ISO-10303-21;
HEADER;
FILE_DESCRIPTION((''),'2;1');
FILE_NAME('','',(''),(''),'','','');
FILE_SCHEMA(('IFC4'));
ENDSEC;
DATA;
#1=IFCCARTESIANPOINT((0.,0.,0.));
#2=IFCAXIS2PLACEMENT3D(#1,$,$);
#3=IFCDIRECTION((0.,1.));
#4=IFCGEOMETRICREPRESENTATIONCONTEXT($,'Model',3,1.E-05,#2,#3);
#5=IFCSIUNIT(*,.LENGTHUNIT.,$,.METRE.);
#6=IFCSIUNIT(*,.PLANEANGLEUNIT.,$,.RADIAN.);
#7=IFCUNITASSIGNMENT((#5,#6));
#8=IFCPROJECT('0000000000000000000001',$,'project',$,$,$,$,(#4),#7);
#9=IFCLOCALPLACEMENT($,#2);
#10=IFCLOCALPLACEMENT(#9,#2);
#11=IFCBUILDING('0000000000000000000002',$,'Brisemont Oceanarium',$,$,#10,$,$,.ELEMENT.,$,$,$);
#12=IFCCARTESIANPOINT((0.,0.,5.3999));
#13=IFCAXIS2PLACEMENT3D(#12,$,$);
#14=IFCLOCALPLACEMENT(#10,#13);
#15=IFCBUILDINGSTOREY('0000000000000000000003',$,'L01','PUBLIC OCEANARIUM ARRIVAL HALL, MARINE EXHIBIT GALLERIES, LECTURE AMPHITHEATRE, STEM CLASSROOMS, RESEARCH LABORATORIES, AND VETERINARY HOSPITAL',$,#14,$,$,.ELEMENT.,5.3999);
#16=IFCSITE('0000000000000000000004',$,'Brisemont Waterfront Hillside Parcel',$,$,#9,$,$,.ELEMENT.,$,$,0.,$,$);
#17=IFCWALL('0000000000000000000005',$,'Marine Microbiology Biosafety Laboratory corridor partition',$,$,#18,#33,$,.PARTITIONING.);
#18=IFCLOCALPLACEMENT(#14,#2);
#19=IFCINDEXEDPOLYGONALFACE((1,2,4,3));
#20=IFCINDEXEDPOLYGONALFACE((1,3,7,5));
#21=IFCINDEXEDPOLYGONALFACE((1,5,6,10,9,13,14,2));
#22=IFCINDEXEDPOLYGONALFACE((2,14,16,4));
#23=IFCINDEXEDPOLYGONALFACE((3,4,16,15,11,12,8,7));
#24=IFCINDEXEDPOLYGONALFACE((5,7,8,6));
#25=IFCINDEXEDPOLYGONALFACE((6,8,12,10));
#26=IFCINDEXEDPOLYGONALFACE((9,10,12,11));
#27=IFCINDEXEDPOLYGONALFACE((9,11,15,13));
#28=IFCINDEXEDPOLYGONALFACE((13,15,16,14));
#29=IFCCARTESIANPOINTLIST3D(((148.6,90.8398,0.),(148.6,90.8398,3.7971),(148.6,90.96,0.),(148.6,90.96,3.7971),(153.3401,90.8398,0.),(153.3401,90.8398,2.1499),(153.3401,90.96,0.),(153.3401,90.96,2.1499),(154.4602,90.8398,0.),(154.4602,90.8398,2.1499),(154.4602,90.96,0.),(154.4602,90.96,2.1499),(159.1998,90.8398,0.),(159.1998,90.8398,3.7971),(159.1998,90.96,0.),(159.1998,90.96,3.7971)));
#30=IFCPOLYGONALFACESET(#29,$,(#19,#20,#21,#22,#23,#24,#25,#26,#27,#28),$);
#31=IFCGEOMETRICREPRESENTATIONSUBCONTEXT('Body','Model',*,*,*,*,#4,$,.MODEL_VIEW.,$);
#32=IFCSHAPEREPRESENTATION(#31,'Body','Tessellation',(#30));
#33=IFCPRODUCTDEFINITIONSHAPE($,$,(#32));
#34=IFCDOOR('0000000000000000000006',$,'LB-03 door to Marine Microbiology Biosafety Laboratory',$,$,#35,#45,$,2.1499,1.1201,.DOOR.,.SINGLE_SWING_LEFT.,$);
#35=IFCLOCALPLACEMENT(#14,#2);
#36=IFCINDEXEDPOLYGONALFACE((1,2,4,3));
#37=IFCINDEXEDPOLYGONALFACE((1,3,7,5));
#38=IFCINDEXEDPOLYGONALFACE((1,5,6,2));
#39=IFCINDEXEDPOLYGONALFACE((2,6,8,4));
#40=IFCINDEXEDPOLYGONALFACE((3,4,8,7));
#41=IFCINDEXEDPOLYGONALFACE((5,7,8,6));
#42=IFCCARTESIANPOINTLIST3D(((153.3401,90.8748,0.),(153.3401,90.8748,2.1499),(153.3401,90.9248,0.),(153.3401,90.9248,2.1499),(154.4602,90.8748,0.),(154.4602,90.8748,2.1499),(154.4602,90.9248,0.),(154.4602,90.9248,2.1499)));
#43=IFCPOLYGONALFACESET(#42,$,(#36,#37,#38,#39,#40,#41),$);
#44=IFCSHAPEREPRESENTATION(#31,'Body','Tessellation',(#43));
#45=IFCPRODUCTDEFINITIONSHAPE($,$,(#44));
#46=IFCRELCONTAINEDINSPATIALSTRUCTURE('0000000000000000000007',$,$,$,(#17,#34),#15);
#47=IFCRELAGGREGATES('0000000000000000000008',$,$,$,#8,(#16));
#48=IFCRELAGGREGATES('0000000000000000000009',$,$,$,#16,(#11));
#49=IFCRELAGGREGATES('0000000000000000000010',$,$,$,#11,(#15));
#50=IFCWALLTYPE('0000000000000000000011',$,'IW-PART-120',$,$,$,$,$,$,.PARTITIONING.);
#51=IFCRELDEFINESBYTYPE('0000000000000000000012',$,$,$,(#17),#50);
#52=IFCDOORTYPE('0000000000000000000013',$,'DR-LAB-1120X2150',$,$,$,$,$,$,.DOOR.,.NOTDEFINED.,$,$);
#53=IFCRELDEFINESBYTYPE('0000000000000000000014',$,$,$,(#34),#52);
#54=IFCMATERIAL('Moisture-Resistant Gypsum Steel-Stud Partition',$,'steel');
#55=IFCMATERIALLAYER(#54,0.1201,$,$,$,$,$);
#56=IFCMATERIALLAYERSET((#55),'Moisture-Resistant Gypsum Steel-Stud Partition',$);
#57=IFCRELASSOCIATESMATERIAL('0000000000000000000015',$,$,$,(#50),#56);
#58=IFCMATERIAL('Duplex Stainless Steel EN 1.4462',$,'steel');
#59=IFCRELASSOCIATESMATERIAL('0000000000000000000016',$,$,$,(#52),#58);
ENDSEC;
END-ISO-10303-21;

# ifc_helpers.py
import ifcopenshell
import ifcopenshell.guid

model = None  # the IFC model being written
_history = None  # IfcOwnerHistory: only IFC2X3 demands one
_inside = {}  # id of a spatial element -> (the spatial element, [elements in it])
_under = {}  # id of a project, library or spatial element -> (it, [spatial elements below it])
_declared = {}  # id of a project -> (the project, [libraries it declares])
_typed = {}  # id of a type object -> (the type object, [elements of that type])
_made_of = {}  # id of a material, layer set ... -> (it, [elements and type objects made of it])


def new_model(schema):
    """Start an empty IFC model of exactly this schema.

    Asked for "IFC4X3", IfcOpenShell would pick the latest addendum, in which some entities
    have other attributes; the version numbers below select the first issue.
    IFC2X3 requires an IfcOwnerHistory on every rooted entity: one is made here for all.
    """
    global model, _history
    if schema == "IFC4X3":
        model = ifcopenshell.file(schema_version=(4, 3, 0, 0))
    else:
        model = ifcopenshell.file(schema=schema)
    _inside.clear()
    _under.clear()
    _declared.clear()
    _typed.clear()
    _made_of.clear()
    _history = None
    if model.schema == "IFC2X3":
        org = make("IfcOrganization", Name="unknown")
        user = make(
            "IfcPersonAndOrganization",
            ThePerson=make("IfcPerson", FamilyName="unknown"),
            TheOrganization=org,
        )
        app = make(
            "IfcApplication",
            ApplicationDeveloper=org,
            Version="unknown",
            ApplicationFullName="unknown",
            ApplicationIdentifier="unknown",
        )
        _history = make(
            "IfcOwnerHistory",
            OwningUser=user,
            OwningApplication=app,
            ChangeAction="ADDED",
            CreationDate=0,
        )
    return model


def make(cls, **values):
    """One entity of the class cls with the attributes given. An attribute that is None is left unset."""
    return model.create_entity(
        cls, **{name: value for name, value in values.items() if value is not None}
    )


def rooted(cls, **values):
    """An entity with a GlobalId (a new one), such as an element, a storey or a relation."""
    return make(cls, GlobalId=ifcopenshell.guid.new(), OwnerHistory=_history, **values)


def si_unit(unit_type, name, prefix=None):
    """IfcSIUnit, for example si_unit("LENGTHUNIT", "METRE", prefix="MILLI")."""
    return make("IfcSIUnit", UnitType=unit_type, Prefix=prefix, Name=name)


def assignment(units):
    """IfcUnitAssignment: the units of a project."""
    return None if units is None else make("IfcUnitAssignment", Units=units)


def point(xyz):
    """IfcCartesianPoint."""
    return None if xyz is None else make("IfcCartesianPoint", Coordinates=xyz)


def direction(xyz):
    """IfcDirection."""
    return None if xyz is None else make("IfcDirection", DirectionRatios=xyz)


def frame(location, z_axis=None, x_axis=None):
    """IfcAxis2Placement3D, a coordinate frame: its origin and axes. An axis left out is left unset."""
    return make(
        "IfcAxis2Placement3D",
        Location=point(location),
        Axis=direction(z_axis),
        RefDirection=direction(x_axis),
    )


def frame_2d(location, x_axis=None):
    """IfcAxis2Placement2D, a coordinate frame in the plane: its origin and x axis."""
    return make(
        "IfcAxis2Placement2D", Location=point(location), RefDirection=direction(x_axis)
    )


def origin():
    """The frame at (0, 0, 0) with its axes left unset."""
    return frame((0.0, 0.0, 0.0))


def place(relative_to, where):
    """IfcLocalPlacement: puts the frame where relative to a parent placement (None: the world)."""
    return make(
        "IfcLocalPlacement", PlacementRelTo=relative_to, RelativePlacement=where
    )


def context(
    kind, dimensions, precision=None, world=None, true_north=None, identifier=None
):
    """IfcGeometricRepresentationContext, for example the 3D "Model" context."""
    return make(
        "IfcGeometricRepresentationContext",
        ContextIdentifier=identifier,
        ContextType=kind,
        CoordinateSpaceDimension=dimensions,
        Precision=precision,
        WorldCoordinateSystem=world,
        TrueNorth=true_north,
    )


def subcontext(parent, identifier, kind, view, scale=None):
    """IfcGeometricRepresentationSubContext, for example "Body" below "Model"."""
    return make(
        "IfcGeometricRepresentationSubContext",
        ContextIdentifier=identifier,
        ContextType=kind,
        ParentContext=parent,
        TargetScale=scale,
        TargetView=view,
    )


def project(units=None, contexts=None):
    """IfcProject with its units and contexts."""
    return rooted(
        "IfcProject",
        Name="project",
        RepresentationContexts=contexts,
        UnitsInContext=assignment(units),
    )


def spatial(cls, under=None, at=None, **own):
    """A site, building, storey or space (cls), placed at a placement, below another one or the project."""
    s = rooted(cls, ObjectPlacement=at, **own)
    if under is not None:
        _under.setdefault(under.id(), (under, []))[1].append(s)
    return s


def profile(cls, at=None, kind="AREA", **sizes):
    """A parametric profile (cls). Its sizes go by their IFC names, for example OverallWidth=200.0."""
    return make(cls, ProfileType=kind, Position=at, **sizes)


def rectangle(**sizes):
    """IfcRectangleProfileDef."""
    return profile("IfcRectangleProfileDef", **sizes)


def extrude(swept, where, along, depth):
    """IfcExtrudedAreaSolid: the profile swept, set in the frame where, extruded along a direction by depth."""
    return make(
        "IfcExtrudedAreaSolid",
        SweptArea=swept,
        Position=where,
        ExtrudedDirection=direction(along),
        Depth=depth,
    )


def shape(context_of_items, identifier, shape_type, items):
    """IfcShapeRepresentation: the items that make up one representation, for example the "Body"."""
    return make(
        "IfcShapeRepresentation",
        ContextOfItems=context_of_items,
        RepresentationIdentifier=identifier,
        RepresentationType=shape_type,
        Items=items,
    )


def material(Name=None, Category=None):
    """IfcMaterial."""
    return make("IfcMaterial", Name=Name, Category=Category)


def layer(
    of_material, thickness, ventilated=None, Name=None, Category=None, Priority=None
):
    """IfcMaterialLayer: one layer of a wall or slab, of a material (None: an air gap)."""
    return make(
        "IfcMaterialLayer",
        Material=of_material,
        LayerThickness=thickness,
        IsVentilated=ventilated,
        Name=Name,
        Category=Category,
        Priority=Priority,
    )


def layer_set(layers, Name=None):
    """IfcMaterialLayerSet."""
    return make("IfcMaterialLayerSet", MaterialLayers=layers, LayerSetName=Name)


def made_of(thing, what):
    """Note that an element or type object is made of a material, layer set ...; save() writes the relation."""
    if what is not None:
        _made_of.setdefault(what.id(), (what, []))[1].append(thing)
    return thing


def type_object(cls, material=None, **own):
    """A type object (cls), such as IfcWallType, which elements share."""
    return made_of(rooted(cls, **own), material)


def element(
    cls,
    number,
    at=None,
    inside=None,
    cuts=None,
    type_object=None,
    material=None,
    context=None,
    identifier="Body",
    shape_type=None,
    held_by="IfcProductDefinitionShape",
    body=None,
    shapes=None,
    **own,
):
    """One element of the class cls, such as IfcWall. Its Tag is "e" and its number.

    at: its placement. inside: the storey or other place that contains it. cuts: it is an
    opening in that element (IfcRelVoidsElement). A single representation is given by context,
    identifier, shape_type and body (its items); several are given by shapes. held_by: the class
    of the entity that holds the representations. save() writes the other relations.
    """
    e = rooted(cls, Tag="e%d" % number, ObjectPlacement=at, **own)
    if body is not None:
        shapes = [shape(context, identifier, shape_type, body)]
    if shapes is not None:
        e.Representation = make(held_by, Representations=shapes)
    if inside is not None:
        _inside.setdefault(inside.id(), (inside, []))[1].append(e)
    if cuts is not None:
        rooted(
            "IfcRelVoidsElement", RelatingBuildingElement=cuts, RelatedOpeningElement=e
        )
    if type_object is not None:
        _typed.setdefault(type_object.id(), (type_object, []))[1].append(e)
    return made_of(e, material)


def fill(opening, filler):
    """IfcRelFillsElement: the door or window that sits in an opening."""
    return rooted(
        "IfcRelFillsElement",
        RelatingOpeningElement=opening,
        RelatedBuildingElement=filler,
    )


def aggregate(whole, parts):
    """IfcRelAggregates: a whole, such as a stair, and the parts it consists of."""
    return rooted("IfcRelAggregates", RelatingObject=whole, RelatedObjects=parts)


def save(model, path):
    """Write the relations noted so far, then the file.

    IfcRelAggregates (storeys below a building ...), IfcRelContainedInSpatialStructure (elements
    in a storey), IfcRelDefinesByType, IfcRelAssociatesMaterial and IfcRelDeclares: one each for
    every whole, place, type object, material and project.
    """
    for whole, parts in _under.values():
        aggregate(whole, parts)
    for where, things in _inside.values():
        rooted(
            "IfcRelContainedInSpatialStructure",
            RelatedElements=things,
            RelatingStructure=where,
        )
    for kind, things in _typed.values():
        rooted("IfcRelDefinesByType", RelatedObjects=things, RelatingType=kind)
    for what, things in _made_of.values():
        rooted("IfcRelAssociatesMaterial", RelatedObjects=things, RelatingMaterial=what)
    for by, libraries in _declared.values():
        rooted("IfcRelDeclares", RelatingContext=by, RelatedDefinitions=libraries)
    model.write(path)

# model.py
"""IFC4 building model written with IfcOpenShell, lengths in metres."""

from ifc_helpers import new_model, si_unit, direction, frame, frame_2d, origin, place, context, subcontext, project, spatial, rectangle, extrude, material, layer, layer_set, type_object, element, fill, save


model = new_model("IFC4")

# Units and contexts
model_context = context("Model", 3, precision=1e-05, world=origin(), true_north=direction((0.0, 1.0)))
body_context = subcontext(model_context, "Body", "Model", "MODEL_VIEW")
ifc_project = project(units=[si_unit("LENGTHUNIT", "METRE"), si_unit("PLANEANGLEUNIT", "RADIAN")], contexts=[model_context])

# Site, building, storey
site_placement = place(None, origin())
site = spatial("IfcSite", under=ifc_project, at=site_placement, Name="Brisemont Waterfront Hillside Parcel", CompositionType="ELEMENT", RefElevation=0.0)
building_placement = place(site_placement, origin())
building = spatial("IfcBuilding", under=site, at=building_placement, Name="Brisemont Oceanarium", CompositionType="ELEMENT")
storey_placement = place(building_placement, frame((0.0, 0.0, 5.3999)))
storey = spatial("IfcBuildingStorey", under=building, at=storey_placement, Name="L01", Description="PUBLIC OCEANARIUM ARRIVAL HALL, MARINE EXHIBIT GALLERIES, LECTURE AMPHITHEATRE, STEM CLASSROOMS, RESEARCH LABORATORIES, AND VETERINARY HOSPITAL", CompositionType="ELEMENT", Elevation=5.3999)

# Wall, opening, door
ifc_material_1 = material(Name="Moisture-Resistant Gypsum Steel-Stud Partition", Category="steel")
ifc_layer_1 = layer(ifc_material_1, 0.1201)
ifc_layer_set_1 = layer_set([ifc_layer_1], Name="Moisture-Resistant Gypsum Steel-Stud Partition")
wall_type = type_object("IfcWallType", Name="IW-PART-120", PredefinedType="PARTITIONING", material=ifc_layer_set_1)
wall_placement = place(storey_placement, frame((148.6001, 90.8999, 0.0), z_axis=(0.0, 0.0, 1.0), x_axis=(1.0, 0.0, 0.0)))
wall = element("IfcWall", 1, at=wall_placement, inside=storey, type_object=wall_type, Name="Marine Microbiology Biosafety Laboratory corridor partition", PredefinedType="PARTITIONING", context=body_context, shape_type="SweptSolid", body=[
    extrude(rectangle(XDim=10.5999, YDim=0.1201, at=frame_2d((5.2998, 0.0))), origin(), (0.0, 0.0, 1.0), 3.7971),
])
opening_placement = place(wall_placement, frame((4.74, 0.0, 0.0)))
opening = element("IfcOpeningElement", 2, at=opening_placement, cuts=wall, PredefinedType="OPENING", context=body_context, shape_type="SweptSolid", body=[
    extrude(rectangle(XDim=1.1201, YDim=2.1499, at=frame_2d((0.5601, 1.075))), frame((0.0, 0.0701, 0.0), z_axis=(0.0, -1.0, 0.0), x_axis=(1.0, 0.0, 0.0)), (0.0, 0.0, 1.0), 0.1401),
])
ifc_material_2 = material(Name="Duplex Stainless Steel EN 1.4462", Category="steel")
door_type = type_object("IfcDoorType", Name="DR-LAB-1120X2150", OperationType="NOTDEFINED", PredefinedType="DOOR", material=ifc_material_2)
door_placement = place(opening_placement, origin())
door = element("IfcDoor", 3, at=door_placement, inside=storey, type_object=door_type, Name="LB-03 door to Marine Microbiology Biosafety Laboratory", OperationType="SINGLE_SWING_LEFT", OverallHeight=2.1499, OverallWidth=1.1201, PredefinedType="DOOR", context=body_context, shape_type="SweptSolid", body=[
    extrude(rectangle(XDim=1.1201, YDim=2.1499, at=frame_2d((0.5601, 1.075))), frame((0.0, 0.0249, 0.0), z_axis=(0.0, -1.0, 0.0), x_axis=(1.0, 0.0, 0.0)), (0.0, 0.0, 1.0), 0.05),
])
fill(opening, door)

save(model, "model.ifc")
